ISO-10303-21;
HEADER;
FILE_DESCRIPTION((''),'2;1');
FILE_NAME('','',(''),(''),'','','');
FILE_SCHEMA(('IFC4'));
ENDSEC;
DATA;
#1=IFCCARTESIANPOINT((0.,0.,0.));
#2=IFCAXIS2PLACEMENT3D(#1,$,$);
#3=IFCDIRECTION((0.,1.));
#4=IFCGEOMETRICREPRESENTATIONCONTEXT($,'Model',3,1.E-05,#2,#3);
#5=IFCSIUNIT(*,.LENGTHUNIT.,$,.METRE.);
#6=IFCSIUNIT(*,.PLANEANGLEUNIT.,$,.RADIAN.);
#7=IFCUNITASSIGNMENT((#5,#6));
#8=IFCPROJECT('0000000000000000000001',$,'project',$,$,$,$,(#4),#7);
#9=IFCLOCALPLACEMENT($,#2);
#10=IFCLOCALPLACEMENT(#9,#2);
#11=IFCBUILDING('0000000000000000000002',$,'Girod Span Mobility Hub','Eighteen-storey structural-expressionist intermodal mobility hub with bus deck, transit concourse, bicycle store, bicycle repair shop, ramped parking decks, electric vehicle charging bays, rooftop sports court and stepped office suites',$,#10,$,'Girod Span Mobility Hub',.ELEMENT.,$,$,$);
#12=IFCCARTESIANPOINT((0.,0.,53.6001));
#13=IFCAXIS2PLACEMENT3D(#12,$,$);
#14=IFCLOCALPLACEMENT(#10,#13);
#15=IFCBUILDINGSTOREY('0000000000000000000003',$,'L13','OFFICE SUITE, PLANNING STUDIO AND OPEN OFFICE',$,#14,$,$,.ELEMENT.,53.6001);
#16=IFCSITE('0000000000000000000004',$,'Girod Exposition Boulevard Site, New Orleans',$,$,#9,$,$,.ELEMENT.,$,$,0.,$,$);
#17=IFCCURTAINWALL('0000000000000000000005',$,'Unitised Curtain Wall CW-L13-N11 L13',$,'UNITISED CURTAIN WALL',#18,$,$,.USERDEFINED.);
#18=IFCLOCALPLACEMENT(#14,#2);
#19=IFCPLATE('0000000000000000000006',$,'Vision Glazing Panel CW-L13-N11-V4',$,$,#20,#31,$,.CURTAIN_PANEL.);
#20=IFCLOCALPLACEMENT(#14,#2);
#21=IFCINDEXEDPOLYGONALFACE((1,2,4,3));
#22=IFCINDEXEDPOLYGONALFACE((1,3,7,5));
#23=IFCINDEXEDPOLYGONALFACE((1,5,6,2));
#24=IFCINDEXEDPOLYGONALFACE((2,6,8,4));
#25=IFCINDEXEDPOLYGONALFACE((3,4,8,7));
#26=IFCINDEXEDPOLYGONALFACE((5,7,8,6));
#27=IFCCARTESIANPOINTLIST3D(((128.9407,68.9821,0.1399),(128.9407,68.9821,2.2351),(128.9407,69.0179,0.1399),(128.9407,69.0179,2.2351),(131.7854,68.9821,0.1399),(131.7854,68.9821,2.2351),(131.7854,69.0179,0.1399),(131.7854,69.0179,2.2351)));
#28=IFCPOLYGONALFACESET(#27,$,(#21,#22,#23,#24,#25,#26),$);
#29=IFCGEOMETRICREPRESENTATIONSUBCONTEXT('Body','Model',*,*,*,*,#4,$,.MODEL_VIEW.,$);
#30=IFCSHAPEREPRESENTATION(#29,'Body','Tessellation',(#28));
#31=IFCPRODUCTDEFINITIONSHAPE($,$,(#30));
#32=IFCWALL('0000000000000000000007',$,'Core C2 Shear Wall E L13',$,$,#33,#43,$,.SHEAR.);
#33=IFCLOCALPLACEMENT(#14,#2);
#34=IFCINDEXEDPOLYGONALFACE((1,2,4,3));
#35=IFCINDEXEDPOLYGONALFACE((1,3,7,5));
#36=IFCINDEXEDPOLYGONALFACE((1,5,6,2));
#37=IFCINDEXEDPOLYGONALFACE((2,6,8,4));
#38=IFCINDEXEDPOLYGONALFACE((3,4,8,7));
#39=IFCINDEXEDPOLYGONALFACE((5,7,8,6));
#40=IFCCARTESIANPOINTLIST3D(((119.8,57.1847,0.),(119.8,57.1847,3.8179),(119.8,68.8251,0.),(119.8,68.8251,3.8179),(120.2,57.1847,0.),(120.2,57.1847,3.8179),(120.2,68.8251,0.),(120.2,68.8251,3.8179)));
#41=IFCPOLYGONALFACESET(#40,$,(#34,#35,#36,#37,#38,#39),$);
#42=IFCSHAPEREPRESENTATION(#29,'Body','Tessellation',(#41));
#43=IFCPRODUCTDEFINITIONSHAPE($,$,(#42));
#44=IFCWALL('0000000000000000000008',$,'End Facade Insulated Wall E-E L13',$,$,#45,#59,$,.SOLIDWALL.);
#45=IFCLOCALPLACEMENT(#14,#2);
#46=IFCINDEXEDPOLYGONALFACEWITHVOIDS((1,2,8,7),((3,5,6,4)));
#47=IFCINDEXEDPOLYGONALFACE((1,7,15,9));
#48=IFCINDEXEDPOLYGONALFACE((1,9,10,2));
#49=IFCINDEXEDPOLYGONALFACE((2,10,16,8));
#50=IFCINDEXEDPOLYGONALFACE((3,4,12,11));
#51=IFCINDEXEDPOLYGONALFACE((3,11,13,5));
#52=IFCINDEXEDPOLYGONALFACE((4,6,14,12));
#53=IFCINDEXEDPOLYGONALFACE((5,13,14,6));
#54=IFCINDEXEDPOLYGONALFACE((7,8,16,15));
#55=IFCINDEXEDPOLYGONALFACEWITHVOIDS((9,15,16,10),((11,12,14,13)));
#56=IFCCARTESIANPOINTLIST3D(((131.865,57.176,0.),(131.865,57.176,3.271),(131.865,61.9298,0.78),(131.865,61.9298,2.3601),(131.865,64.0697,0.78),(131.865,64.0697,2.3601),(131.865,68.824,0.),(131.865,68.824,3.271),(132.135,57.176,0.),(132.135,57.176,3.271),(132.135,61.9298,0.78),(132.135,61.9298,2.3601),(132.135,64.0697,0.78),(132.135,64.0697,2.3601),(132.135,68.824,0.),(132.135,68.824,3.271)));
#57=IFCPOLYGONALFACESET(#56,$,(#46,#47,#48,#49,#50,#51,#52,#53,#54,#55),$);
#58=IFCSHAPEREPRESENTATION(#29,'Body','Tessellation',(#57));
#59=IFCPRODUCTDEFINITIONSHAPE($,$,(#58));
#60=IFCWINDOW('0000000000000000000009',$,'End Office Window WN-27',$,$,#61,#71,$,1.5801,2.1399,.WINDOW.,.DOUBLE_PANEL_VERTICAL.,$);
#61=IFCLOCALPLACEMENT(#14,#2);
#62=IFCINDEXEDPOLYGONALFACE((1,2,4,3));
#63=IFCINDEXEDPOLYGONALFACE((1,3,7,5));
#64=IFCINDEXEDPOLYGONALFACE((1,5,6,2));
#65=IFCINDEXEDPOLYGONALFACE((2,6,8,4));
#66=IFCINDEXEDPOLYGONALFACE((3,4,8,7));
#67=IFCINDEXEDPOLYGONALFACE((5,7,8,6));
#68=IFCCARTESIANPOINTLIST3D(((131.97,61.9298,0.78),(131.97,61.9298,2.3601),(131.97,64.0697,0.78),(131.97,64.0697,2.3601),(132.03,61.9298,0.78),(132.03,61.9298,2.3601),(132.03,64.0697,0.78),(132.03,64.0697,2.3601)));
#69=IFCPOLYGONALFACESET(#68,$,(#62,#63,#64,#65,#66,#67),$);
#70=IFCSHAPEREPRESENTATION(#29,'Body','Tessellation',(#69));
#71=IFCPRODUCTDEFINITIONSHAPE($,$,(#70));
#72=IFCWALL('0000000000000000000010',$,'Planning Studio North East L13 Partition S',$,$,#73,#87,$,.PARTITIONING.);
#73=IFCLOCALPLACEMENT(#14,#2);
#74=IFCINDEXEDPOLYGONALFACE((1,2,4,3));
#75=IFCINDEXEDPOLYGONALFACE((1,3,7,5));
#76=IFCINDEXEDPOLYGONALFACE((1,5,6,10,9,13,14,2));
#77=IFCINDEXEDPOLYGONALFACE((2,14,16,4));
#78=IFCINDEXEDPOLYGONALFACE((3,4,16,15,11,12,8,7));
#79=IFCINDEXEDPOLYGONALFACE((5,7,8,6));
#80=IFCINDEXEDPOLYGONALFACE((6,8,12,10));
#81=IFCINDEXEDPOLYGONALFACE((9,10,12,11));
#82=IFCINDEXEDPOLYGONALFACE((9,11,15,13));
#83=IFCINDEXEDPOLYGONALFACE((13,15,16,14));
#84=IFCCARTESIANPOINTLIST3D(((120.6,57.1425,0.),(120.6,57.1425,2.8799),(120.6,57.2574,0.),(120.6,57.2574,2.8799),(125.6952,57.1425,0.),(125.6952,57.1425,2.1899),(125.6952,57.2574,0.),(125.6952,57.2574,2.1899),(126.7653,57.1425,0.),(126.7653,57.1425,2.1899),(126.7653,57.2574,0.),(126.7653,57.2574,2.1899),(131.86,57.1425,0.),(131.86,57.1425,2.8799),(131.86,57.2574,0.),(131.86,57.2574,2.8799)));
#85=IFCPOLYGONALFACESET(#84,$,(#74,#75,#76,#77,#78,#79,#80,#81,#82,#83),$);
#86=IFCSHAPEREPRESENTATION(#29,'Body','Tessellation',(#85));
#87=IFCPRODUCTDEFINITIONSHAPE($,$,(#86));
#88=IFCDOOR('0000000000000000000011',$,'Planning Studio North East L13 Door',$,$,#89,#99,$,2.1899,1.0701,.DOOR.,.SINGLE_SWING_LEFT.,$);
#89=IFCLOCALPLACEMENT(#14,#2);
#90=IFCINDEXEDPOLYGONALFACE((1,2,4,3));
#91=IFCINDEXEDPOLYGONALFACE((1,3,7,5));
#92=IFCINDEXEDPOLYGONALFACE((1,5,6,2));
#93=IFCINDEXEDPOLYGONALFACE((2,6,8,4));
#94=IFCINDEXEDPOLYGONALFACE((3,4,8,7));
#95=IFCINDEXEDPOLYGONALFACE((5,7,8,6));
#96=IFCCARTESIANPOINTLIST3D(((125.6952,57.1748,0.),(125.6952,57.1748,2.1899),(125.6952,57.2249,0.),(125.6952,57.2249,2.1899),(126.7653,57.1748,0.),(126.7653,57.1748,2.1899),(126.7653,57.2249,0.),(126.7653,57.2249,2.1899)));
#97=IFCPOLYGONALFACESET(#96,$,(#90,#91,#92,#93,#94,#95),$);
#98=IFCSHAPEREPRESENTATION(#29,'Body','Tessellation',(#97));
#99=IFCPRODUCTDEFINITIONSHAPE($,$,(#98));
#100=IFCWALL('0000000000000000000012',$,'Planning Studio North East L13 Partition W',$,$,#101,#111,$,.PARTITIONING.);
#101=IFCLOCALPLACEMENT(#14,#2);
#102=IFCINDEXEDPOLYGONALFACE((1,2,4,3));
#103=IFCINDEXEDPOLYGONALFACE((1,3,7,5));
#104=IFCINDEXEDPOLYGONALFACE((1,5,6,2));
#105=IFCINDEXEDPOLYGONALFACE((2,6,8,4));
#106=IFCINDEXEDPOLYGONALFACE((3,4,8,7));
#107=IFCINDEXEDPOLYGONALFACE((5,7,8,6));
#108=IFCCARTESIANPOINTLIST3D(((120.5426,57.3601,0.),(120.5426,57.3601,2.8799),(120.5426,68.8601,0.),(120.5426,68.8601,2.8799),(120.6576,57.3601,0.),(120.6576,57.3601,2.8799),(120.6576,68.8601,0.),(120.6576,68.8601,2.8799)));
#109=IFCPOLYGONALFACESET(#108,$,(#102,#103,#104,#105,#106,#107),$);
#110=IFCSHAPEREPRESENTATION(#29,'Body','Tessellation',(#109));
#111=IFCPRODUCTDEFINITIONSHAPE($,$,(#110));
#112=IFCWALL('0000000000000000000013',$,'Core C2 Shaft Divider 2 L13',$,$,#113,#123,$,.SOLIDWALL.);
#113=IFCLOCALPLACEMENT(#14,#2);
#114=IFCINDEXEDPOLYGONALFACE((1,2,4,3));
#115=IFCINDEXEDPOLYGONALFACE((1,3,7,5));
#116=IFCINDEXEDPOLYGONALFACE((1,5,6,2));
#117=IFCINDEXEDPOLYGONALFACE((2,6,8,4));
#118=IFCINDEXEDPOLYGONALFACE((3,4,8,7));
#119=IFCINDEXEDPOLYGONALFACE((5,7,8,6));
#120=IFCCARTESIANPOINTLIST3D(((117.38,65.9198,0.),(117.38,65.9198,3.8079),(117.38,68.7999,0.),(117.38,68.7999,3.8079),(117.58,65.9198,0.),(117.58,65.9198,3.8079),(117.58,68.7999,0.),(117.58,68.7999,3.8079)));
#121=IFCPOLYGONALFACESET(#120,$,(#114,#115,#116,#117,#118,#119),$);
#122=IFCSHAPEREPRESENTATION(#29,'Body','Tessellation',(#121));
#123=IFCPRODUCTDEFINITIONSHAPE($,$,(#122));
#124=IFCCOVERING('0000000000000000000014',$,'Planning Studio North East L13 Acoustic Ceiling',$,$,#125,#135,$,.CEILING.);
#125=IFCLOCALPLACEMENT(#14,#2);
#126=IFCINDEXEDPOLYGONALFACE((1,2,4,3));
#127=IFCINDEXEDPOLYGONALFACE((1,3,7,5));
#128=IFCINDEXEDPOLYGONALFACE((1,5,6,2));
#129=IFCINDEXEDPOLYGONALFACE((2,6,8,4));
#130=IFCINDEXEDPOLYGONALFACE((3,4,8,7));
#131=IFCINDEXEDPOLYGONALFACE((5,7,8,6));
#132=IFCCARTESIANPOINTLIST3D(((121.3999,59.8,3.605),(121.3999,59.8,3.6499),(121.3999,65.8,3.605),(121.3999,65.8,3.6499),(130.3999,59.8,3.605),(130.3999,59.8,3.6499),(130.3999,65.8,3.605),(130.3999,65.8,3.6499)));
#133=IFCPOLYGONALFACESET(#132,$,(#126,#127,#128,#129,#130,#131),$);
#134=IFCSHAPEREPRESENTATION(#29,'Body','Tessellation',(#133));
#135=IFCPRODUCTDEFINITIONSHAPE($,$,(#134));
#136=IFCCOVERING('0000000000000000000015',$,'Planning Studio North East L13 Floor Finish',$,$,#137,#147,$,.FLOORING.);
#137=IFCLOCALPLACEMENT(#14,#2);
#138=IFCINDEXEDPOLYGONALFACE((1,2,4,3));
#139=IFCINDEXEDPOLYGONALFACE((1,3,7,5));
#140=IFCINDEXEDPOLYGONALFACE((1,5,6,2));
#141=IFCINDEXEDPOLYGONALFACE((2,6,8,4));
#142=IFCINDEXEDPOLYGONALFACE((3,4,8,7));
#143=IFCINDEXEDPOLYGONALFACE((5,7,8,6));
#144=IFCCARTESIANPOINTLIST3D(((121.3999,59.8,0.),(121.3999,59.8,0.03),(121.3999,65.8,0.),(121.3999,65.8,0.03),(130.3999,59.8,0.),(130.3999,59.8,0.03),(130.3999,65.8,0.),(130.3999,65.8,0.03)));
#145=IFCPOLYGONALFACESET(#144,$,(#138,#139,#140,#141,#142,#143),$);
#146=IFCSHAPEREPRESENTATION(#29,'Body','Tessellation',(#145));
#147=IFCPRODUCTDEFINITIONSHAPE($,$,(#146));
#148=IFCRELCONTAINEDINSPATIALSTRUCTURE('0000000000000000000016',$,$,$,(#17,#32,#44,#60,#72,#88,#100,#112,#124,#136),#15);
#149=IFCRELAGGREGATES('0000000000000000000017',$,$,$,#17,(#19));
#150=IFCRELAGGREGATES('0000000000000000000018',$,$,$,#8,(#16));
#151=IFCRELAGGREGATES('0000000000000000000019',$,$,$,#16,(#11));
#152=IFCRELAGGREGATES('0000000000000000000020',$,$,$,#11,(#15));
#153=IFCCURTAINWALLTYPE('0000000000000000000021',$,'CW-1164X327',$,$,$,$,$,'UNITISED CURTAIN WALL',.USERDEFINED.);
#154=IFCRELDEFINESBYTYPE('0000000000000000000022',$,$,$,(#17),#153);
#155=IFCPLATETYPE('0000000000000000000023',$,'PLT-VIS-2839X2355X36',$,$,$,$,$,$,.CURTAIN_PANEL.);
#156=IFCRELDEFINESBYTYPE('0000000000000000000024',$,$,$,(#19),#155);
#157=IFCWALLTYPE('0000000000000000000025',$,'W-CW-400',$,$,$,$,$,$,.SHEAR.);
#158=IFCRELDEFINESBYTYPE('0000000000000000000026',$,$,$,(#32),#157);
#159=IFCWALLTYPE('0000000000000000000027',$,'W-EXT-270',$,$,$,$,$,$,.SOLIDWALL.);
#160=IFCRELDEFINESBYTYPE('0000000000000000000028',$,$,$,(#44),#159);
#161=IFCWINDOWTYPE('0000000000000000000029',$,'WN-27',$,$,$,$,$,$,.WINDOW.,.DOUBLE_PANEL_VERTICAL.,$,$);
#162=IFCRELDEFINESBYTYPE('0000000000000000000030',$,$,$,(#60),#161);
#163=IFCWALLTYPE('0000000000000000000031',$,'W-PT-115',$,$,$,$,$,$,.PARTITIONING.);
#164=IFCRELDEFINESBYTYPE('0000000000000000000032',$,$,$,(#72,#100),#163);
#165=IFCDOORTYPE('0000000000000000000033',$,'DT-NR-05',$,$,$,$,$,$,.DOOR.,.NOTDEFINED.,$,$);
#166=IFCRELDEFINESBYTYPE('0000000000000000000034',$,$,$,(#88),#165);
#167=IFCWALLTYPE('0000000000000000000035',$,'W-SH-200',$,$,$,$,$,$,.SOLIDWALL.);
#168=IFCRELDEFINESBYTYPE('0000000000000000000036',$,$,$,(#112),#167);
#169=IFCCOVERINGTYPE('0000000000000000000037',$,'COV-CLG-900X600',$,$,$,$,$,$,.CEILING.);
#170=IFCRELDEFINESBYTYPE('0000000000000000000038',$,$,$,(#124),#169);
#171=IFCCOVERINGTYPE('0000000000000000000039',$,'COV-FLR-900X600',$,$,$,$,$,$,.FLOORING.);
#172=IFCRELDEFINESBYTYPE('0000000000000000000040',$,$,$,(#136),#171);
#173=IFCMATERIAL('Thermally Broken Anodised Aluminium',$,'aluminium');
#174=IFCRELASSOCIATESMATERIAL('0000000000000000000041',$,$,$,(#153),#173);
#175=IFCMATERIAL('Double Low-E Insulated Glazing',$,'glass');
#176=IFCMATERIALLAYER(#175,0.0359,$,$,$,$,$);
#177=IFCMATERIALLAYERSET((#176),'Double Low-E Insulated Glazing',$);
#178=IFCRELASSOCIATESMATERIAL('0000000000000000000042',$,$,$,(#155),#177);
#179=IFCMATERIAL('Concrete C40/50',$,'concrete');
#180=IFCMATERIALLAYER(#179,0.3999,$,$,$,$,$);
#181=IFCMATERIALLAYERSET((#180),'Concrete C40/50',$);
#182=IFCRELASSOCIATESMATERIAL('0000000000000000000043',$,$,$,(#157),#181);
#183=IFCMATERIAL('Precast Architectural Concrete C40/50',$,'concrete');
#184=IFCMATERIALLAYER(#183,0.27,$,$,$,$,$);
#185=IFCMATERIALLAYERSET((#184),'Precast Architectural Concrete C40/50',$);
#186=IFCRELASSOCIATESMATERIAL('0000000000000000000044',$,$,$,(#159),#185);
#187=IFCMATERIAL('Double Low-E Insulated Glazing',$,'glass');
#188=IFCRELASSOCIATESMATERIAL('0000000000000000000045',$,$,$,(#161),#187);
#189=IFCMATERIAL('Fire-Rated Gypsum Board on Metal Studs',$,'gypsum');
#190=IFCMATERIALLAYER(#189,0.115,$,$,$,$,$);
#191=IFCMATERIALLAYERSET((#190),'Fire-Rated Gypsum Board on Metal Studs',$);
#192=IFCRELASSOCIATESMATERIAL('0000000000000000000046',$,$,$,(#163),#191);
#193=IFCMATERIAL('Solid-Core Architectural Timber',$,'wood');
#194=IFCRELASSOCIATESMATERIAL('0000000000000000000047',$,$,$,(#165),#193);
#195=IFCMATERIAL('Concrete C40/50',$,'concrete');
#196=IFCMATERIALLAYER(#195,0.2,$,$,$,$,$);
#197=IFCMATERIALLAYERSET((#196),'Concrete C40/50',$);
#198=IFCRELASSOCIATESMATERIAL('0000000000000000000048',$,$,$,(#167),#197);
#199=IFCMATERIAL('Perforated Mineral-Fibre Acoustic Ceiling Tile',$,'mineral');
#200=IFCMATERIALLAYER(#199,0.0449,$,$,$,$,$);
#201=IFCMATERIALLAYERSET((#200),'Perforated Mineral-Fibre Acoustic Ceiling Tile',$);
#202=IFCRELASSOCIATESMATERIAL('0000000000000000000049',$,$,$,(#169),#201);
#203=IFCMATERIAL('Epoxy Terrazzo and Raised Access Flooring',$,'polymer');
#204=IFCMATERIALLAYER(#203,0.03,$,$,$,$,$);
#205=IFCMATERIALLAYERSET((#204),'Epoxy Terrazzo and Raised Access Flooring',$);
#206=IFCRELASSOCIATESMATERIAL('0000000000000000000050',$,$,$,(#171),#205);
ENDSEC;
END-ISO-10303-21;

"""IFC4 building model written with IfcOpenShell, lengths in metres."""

from ifc_helpers import new_model, si_unit, direction, frame, frame_2d, origin, origin_2d, place, context, subcontext, project, spatial, rectangle, extrude, material, layer, layer_set, type_object, element, fill, aggregate, save


model = new_model("IFC4")

# Units and contexts
model_context = context("Model", 3, precision=1e-05, world=origin(), true_north=direction((0.0, 1.0)))
body_context = subcontext(model_context, "Body", "Model", "MODEL_VIEW")
ifc_project = project(units=[si_unit("LENGTHUNIT", "METRE"), si_unit("PLANEANGLEUNIT", "RADIAN")], contexts=[model_context])

# Site, building, storey
site_placement = place(None, origin())
site = spatial("IfcSite", under=ifc_project, at=site_placement, Name="Girod Exposition Boulevard Site, New Orleans", CompositionType="ELEMENT", RefElevation=0.0)
building_placement = place(site_placement, origin())
building = spatial("IfcBuilding", under=site, at=building_placement, Name="Girod Span Mobility Hub", Description="Eighteen-storey structural-expressionist intermodal mobility hub with bus deck, transit concourse, bicycle store, bicycle repair shop, ramped parking decks, electric vehicle charging bays, rooftop sports court and stepped office suites", LongName="Girod Span Mobility Hub", CompositionType="ELEMENT")
storey_placement = place(building_placement, frame((0.0, 0.0, 53.6001)))
storey = spatial("IfcBuildingStorey", under=building, at=storey_placement, Name="L13", Description="OFFICE SUITE, PLANNING STUDIO AND OPEN OFFICE", CompositionType="ELEMENT", Elevation=53.6001)

# Curtain wall, plate
ifc_material_1 = material(Name="Thermally Broken Anodised Aluminium", Category="aluminium")
curtain_wall_type = type_object("IfcCurtainWallType", Name="CW-1164X327", ElementType="UNITISED CURTAIN WALL", PredefinedType="USERDEFINED", material=ifc_material_1)
curtain_wall_placement = place(storey_placement, origin())
curtain_wall = element("IfcCurtainWall", 1, at=curtain_wall_placement, inside=storey, type_object=curtain_wall_type, Name="Unitised Curtain Wall CW-L13-N11 L13", ObjectType="UNITISED CURTAIN WALL", PredefinedType="USERDEFINED")
ifc_material_2 = material(Name="Double Low-E Insulated Glazing", Category="glass")
ifc_layer_1 = layer(ifc_material_2, 0.0359)
ifc_layer_set_1 = layer_set([ifc_layer_1], Name="Double Low-E Insulated Glazing")
plate_type_1 = type_object("IfcPlateType", Name="PLT-VIS-2839X2355X36", PredefinedType="CURTAIN_PANEL", material=ifc_layer_set_1)
plate_1_placement = place(storey_placement, frame((130.363, 69.0, 0.1399), z_axis=(0.0, 0.0, 1.0), x_axis=(1.0, 0.0, 0.0)))
plate_1 = element("IfcPlate", 2, at=plate_1_placement, type_object=plate_type_1, Name="Vision Glazing Panel CW-L13-N11-V4", PredefinedType="CURTAIN_PANEL", context=body_context, shape_type="SweptSolid", body=[
    extrude(rectangle(XDim=2.8447, YDim=0.0359, at=origin_2d()), origin(), (0.0, 0.0, 1.0), 2.0952),
])
aggregate(curtain_wall, [plate_1])

# Wall
ifc_material_3 = material(Name="Concrete C40/50", Category="concrete")
ifc_layer_2 = layer(ifc_material_3, 0.3999)
ifc_layer_set_2 = layer_set([ifc_layer_2], Name="Concrete C40/50")
wall_type_1 = type_object("IfcWallType", Name="W-CW-400", PredefinedType="SHEAR", material=ifc_layer_set_2)
wall_1_placement = place(storey_placement, frame((120.0, 57.1846, 0.0), z_axis=(0.0, 0.0, 1.0), x_axis=(0.0, 1.0, 0.0)))
element("IfcWall", 3, at=wall_1_placement, inside=storey, type_object=wall_type_1, Name="Core C2 Shear Wall E L13", PredefinedType="SHEAR", context=body_context, shape_type="SweptSolid", body=[
    extrude(rectangle(XDim=11.6404, YDim=0.3999, at=frame_2d((5.8203, 0.0))), origin(), (0.0, 0.0, 1.0), 3.8179),
])

# Wall, opening, window
ifc_material_4 = material(Name="Precast Architectural Concrete C40/50", Category="concrete")
ifc_layer_3 = layer(ifc_material_4, 0.27)
ifc_layer_set_3 = layer_set([ifc_layer_3], Name="Precast Architectural Concrete C40/50")
wall_type_2 = type_object("IfcWallType", Name="W-EXT-270", PredefinedType="SOLIDWALL", material=ifc_layer_set_3)
wall_2_placement = place(storey_placement, frame((132.0, 57.176, 0.0), z_axis=(0.0, 0.0, 1.0), x_axis=(0.0, 1.0, 0.0)))
wall_2 = element("IfcWall", 4, at=wall_2_placement, inside=storey, type_object=wall_type_2, Name="End Facade Insulated Wall E-E L13", PredefinedType="SOLIDWALL", context=body_context, shape_type="SweptSolid", body=[
    extrude(rectangle(XDim=11.6479, YDim=0.27, at=frame_2d((5.824, 0.0))), origin(), (0.0, 0.0, 1.0), 3.271),
])
opening_1_placement = place(wall_2_placement, frame((4.7539, 0.0, 0.78)))
opening_1 = element("IfcOpeningElement", 5, at=opening_1_placement, cuts=wall_2, PredefinedType="OPENING", context=body_context, shape_type="SweptSolid", body=[
    extrude(rectangle(XDim=2.1399, YDim=1.5801, at=frame_2d((1.0698, 0.79))), frame((0.0, 0.1499, 0.0), z_axis=(0.0, -1.0, 0.0), x_axis=(1.0, 0.0, 0.0)), (0.0, 0.0, 1.0), 0.3),
])
ifc_material_5 = material(Name="Double Low-E Insulated Glazing", Category="glass")
window_type = type_object("IfcWindowType", Name="WN-27", PartitioningType="DOUBLE_PANEL_VERTICAL", PredefinedType="WINDOW", material=ifc_material_5)
window_placement = place(opening_1_placement, origin())
window = element("IfcWindow", 6, at=window_placement, inside=storey, type_object=window_type, Name="End Office Window WN-27", OverallHeight=1.5801, OverallWidth=2.1399, PartitioningType="DOUBLE_PANEL_VERTICAL", PredefinedType="WINDOW", context=body_context, shape_type="SweptSolid", body=[
    extrude(rectangle(XDim=2.1399, YDim=1.5801, at=frame_2d((1.0698, 0.79))), frame((0.0, 0.03, 0.0), z_axis=(0.0, -1.0, 0.0), x_axis=(1.0, 0.0, 0.0)), (0.0, 0.0, 1.0), 0.0601),
])
fill(opening_1, window)

# Wall, opening, door
ifc_material_6 = material(Name="Fire-Rated Gypsum Board on Metal Studs", Category="gypsum")
ifc_layer_4 = layer(ifc_material_6, 0.115)
ifc_layer_set_4 = layer_set([ifc_layer_4], Name="Fire-Rated Gypsum Board on Metal Studs")
wall_type_3 = type_object("IfcWallType", Name="W-PT-115", PredefinedType="PARTITIONING", material=ifc_layer_set_4)
wall_3_placement = place(storey_placement, frame((120.6001, 57.2, 0.0), z_axis=(0.0, 0.0, 1.0), x_axis=(1.0, 0.0, 0.0)))
wall_3 = element("IfcWall", 7, at=wall_3_placement, inside=storey, type_object=wall_type_3, Name="Planning Studio North East L13 Partition S", PredefinedType="PARTITIONING", context=body_context, shape_type="SweptSolid", body=[
    extrude(rectangle(XDim=11.26, YDim=0.115, at=frame_2d((5.6299, 0.0))), origin(), (0.0, 0.0, 1.0), 2.8799),
])
opening_2_placement = place(wall_3_placement, frame((5.095, 0.0, 0.0)))
opening_2 = element("IfcOpeningElement", 8, at=opening_2_placement, cuts=wall_3, PredefinedType="OPENING", context=body_context, shape_type="SweptSolid", body=[
    extrude(rectangle(XDim=1.0701, YDim=2.1899, at=frame_2d((0.5352, 1.095))), frame((0.0, 0.0725, 0.0), z_axis=(0.0, -1.0, 0.0), x_axis=(1.0, 0.0, 0.0)), (0.0, 0.0, 1.0), 0.145),
])
ifc_material_7 = material(Name="Solid-Core Architectural Timber", Category="wood")
door_type = type_object("IfcDoorType", Name="DT-NR-05", OperationType="NOTDEFINED", PredefinedType="DOOR", material=ifc_material_7)
door_placement = place(opening_2_placement, origin())
door = element("IfcDoor", 9, at=door_placement, inside=storey, type_object=door_type, Name="Planning Studio North East L13 Door", OperationType="SINGLE_SWING_LEFT", OverallHeight=2.1899, OverallWidth=1.0701, PredefinedType="DOOR", context=body_context, shape_type="SweptSolid", body=[
    extrude(rectangle(XDim=1.0701, YDim=2.1899, at=frame_2d((0.5352, 1.095))), frame((0.0, 0.0249, 0.0), z_axis=(0.0, -1.0, 0.0), x_axis=(1.0, 0.0, 0.0)), (0.0, 0.0, 1.0), 0.05),
])
fill(opening_2, door)

# Walls
wall_4_placement = place(storey_placement, frame((120.6001, 57.3601, 0.0), z_axis=(0.0, 0.0, 1.0), x_axis=(0.0, 1.0, 0.0)))
element("IfcWall", 10, at=wall_4_placement, inside=storey, type_object=wall_type_3, Name="Planning Studio North East L13 Partition W", PredefinedType="PARTITIONING", context=body_context, shape_type="SweptSolid", body=[
    extrude(rectangle(XDim=11.5, YDim=0.115, at=frame_2d((5.75, 0.0))), origin(), (0.0, 0.0, 1.0), 2.8799),
])
ifc_material_8 = material(Name="Concrete C40/50", Category="concrete")
ifc_layer_5 = layer(ifc_material_8, 0.2)
ifc_layer_set_5 = layer_set([ifc_layer_5], Name="Concrete C40/50")
wall_type_4 = type_object("IfcWallType", Name="W-SH-200", PredefinedType="SOLIDWALL", material=ifc_layer_set_5)
wall_5_placement = place(storey_placement, frame((117.48, 65.9199, 0.0), z_axis=(0.0, 0.0, 1.0), x_axis=(0.0, 1.0, 0.0)))
element("IfcWall", 11, at=wall_5_placement, inside=storey, type_object=wall_type_4, Name="Core C2 Shaft Divider 2 L13", PredefinedType="SOLIDWALL", context=body_context, shape_type="SweptSolid", body=[
    extrude(rectangle(XDim=2.8801, YDim=0.2, at=frame_2d((1.4399, 0.0))), origin(), (0.0, 0.0, 1.0), 3.8079),
])

# Coverings
ifc_material_9 = material(Name="Perforated Mineral-Fibre Acoustic Ceiling Tile", Category="mineral")
ifc_layer_6 = layer(ifc_material_9, 0.0449)
ifc_layer_set_6 = layer_set([ifc_layer_6], Name="Perforated Mineral-Fibre Acoustic Ceiling Tile")
covering_type_1 = type_object("IfcCoveringType", Name="COV-CLG-900X600", PredefinedType="CEILING", material=ifc_layer_set_6)
covering_1_placement = place(storey_placement, frame((125.8999, 62.8, 3.605), z_axis=(0.0, 0.0, 1.0), x_axis=(1.0, 0.0, 0.0)))
element("IfcCovering", 12, at=covering_1_placement, inside=storey, type_object=covering_type_1, Name="Planning Studio North East L13 Acoustic Ceiling", PredefinedType="CEILING", context=body_context, shape_type="SweptSolid", body=[
    extrude(rectangle(XDim=9.0, YDim=6.0, at=origin_2d()), origin(), (0.0, 0.0, 1.0), 0.0449),
])
ifc_material_10 = material(Name="Epoxy Terrazzo and Raised Access Flooring", Category="polymer")
ifc_layer_7 = layer(ifc_material_10, 0.03)
ifc_layer_set_7 = layer_set([ifc_layer_7], Name="Epoxy Terrazzo and Raised Access Flooring")
covering_type_2 = type_object("IfcCoveringType", Name="COV-FLR-900X600", PredefinedType="FLOORING", material=ifc_layer_set_7)
covering_2_placement = place(storey_placement, frame((125.8999, 62.8, 0.0), z_axis=(0.0, 0.0, 1.0), x_axis=(1.0, 0.0, 0.0)))
element("IfcCovering", 13, at=covering_2_placement, inside=storey, type_object=covering_type_2, Name="Planning Studio North East L13 Floor Finish", PredefinedType="FLOORING", context=body_context, shape_type="SweptSolid", body=[
    extrude(rectangle(XDim=9.0, YDim=6.0, at=origin_2d()), origin(), (0.0, 0.0, 1.0), 0.03),
])

save(model, "model.ifc")
